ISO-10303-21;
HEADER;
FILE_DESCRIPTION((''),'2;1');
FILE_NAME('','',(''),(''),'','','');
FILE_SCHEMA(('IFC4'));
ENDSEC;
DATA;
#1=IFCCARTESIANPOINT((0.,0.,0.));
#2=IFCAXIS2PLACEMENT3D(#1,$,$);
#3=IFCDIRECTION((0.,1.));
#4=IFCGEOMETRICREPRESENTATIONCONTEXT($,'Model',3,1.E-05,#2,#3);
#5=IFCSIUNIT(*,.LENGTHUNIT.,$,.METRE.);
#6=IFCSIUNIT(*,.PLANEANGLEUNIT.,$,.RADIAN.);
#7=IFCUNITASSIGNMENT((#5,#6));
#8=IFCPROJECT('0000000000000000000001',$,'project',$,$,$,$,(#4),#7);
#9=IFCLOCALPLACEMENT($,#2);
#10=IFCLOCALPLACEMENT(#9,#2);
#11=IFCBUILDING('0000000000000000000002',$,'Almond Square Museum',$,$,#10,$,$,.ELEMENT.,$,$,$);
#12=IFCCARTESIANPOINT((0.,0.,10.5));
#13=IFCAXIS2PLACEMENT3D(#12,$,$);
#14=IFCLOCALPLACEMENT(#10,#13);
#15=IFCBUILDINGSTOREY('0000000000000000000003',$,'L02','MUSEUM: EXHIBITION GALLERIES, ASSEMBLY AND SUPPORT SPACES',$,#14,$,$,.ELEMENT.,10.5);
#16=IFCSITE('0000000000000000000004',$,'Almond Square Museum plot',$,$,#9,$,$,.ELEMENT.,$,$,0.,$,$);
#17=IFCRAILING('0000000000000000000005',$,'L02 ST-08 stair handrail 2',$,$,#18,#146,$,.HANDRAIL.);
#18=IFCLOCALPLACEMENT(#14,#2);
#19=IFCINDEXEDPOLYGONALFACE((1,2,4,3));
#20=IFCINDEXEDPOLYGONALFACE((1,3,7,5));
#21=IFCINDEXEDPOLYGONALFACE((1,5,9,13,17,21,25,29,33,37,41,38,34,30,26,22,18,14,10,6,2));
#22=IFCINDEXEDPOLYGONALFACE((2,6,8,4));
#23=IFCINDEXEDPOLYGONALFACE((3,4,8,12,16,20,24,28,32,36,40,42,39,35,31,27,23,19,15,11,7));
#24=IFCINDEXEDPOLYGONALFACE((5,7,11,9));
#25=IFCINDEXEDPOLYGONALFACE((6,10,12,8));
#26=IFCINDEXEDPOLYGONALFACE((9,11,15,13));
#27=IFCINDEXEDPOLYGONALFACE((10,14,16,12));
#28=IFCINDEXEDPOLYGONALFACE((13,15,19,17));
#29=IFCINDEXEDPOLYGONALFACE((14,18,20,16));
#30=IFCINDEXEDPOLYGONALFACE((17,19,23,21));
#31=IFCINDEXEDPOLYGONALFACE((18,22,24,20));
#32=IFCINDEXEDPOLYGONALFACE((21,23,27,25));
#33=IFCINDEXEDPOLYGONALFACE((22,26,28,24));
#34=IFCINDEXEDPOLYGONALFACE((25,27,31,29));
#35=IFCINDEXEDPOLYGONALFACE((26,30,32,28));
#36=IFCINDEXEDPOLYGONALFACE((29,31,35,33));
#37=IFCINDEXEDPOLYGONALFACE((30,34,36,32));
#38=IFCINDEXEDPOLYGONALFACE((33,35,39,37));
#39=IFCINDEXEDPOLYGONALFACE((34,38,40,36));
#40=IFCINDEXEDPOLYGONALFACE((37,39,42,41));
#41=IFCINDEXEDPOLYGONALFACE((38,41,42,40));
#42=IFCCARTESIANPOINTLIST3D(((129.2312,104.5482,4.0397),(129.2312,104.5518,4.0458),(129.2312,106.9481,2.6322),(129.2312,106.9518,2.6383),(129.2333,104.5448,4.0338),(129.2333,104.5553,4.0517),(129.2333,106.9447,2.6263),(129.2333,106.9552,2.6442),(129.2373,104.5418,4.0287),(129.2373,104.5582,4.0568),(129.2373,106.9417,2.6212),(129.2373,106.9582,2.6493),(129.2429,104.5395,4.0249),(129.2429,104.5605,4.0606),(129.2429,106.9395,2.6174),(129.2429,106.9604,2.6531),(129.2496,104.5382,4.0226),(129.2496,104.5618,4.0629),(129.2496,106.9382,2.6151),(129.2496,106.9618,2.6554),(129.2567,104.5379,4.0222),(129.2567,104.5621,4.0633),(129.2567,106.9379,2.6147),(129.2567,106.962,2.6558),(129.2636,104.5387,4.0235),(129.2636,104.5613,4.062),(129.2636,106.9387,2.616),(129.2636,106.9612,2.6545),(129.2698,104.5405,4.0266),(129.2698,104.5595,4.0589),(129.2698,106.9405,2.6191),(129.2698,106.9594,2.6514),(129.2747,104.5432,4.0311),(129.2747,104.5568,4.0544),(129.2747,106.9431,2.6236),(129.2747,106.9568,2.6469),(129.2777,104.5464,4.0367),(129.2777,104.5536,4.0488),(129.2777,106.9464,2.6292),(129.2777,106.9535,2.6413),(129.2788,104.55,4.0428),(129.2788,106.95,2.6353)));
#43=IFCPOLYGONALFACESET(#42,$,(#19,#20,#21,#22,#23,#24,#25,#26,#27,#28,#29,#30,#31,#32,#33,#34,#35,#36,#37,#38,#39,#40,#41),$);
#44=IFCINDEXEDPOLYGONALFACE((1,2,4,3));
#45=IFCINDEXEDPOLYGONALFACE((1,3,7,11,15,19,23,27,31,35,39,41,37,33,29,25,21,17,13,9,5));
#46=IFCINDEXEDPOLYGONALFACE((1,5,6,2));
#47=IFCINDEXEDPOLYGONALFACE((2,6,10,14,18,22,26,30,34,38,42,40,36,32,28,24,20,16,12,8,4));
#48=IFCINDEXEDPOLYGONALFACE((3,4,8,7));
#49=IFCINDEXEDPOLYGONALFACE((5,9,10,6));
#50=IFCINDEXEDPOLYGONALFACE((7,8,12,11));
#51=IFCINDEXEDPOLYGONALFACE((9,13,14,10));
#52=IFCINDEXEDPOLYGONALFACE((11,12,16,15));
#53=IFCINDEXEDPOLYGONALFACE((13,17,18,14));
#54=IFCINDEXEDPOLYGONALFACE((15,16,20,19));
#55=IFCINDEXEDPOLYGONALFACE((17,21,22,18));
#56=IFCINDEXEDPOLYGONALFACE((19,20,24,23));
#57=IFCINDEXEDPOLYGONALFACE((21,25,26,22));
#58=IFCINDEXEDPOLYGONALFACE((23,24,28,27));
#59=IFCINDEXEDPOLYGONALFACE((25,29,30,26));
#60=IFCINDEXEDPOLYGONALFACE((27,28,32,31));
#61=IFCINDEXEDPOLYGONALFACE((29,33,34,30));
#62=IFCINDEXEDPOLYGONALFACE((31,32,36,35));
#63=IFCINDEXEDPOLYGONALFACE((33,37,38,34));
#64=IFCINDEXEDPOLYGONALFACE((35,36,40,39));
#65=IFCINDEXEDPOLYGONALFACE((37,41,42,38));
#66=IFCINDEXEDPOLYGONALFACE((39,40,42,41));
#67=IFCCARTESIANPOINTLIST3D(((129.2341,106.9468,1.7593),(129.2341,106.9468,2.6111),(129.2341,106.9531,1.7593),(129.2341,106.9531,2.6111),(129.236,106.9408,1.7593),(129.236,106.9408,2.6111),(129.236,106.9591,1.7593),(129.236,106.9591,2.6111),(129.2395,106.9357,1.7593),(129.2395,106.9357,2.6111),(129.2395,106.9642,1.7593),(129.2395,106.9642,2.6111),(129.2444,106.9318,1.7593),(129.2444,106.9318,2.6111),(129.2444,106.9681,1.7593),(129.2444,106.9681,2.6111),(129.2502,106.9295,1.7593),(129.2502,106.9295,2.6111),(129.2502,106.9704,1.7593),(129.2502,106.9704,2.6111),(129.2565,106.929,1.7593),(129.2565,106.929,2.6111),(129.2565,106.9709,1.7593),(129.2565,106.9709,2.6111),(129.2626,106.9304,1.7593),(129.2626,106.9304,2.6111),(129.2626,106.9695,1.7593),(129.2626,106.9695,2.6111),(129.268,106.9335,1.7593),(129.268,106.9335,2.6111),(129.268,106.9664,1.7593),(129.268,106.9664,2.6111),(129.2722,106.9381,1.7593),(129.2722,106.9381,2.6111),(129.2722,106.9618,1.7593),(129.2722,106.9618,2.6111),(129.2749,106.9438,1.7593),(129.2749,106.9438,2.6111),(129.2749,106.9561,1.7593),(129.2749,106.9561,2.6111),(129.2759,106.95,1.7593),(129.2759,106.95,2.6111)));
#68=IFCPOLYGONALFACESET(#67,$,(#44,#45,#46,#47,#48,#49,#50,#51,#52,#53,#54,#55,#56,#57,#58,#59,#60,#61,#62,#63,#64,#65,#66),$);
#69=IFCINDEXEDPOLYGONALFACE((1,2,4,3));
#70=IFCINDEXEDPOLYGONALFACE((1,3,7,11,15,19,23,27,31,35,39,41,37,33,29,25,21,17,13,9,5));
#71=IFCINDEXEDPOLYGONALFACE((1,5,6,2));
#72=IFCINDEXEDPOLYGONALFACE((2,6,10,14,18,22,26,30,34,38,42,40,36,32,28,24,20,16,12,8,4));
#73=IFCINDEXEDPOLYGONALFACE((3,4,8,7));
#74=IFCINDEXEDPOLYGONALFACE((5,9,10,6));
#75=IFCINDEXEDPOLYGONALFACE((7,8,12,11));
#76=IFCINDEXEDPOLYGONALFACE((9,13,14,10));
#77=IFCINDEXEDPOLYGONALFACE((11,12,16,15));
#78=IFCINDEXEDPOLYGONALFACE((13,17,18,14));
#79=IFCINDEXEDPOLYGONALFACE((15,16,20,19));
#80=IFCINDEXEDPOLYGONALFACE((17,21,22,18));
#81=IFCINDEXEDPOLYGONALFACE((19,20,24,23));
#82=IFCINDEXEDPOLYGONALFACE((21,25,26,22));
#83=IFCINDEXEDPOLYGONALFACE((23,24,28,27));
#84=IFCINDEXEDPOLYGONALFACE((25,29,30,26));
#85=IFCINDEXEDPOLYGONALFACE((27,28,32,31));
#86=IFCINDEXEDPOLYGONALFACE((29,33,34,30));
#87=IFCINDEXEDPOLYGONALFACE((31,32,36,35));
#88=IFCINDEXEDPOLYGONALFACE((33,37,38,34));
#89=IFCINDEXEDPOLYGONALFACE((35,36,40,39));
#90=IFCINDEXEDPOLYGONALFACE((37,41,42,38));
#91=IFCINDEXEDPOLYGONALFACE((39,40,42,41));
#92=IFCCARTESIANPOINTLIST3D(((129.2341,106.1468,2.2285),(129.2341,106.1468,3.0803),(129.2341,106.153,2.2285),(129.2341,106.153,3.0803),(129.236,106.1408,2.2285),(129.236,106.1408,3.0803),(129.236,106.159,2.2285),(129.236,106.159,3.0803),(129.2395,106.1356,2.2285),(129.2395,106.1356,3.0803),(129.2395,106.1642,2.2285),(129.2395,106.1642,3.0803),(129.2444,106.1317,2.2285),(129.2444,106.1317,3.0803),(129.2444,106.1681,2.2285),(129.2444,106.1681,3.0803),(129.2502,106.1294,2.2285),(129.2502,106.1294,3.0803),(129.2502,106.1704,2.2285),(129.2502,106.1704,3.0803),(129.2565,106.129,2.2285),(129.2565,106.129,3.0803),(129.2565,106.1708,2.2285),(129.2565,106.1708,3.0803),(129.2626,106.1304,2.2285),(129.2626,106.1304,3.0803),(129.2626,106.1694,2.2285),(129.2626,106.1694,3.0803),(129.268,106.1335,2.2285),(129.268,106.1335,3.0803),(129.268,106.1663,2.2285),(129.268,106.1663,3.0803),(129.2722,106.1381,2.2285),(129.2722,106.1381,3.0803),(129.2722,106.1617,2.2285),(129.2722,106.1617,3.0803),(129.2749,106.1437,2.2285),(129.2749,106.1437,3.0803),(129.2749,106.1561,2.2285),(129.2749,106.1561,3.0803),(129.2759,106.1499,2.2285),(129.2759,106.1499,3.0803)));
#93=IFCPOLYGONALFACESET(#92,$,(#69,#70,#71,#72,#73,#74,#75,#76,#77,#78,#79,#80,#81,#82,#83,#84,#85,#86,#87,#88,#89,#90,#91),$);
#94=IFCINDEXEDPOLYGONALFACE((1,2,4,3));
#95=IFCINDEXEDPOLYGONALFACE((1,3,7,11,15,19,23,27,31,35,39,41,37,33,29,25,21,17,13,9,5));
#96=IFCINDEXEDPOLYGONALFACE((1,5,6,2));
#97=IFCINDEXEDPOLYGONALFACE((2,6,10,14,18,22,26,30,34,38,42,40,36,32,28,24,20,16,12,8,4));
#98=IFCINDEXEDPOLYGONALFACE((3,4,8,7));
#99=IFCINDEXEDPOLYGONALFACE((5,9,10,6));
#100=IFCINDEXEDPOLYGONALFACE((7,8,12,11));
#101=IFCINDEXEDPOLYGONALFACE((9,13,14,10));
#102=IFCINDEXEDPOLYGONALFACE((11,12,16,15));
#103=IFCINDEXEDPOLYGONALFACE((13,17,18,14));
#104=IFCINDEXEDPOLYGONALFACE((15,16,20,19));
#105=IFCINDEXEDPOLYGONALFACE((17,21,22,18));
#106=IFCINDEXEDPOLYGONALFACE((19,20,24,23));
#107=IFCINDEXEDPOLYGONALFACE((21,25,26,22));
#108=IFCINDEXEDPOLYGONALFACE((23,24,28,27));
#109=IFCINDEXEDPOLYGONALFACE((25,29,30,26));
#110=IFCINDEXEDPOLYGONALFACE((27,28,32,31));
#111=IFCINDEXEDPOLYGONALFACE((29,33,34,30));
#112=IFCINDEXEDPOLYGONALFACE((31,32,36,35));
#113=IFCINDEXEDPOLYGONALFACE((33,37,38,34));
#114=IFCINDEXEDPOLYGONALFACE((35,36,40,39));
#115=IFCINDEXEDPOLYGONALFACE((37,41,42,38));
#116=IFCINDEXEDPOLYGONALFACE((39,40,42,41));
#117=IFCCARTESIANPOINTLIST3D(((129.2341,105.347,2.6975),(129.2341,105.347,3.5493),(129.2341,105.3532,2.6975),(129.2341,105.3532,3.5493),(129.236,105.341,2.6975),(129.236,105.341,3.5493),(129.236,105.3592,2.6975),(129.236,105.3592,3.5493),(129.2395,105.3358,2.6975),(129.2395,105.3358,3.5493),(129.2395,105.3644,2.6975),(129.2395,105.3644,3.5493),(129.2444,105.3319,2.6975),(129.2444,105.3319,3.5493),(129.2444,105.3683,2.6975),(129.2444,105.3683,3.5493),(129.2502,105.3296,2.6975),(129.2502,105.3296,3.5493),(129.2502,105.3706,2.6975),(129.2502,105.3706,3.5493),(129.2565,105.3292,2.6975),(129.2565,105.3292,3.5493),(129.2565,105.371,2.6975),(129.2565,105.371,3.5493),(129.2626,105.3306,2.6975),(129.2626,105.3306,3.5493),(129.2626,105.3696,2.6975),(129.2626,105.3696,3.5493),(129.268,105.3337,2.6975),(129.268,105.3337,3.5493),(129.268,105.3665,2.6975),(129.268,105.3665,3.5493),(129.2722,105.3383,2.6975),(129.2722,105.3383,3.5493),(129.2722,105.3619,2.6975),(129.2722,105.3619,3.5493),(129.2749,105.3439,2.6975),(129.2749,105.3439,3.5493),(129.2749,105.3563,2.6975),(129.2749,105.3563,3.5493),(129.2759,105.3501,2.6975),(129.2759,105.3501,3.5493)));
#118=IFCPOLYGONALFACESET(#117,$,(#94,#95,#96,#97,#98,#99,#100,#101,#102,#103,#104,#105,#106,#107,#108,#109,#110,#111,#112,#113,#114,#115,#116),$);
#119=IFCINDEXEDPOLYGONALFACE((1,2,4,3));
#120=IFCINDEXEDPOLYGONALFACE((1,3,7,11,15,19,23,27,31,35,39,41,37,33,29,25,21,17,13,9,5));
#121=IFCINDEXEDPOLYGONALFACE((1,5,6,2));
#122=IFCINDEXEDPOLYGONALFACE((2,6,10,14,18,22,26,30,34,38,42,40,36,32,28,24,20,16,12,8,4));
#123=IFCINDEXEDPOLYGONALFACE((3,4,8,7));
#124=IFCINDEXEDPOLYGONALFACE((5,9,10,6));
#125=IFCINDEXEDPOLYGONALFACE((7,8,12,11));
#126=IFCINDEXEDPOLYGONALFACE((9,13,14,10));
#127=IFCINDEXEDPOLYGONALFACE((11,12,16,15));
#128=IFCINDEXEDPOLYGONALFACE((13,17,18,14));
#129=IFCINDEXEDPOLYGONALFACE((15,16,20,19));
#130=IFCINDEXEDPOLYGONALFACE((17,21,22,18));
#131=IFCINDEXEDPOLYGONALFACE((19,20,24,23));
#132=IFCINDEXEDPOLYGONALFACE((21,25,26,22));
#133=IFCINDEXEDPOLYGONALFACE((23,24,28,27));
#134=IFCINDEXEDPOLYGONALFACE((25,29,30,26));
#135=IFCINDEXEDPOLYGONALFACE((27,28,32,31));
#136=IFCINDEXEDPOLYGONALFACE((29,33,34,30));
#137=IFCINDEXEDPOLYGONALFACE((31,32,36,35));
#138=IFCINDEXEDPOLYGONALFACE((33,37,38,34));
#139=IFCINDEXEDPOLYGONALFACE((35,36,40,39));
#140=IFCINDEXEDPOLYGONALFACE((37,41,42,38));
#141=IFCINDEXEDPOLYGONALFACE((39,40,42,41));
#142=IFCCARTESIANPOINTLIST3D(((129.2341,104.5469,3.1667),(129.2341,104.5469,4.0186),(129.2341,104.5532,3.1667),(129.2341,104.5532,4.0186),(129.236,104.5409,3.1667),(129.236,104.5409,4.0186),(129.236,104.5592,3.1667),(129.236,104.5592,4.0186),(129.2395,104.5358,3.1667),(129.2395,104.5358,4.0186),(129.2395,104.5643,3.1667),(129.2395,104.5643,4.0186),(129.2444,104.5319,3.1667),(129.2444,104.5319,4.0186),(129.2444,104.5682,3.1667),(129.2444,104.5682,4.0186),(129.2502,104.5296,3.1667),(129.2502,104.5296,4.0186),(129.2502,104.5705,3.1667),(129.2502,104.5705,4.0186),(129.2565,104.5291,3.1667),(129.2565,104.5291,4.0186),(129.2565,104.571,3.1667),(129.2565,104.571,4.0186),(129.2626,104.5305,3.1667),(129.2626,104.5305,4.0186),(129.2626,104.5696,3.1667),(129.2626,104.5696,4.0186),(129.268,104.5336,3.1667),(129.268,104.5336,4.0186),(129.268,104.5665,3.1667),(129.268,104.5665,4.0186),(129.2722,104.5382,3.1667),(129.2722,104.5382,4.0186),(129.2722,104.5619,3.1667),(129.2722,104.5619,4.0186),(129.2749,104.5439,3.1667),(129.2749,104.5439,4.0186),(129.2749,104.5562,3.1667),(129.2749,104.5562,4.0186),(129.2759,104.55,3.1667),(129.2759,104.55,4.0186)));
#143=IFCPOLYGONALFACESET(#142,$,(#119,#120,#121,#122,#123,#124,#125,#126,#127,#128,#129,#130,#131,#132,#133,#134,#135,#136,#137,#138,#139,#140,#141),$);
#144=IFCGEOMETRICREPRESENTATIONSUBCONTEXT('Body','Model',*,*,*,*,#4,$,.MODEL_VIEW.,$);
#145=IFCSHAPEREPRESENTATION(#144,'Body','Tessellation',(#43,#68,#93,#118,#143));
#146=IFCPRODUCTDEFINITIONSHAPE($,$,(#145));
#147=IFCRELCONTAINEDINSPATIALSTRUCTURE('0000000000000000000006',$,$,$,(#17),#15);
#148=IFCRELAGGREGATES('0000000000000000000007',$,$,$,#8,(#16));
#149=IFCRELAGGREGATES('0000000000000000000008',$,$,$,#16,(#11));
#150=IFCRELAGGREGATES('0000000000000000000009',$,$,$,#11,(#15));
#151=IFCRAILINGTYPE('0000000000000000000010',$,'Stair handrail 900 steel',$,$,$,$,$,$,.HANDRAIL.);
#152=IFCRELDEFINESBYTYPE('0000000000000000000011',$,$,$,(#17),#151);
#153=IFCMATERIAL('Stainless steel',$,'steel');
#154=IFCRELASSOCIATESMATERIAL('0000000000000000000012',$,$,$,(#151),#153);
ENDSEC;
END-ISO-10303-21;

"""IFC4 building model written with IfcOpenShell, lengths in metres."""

from ifc_helpers import new_model, si_unit, direction, frame, origin, origin_2d, place, context, subcontext, project, spatial, circle, extrude, material, type_object, element, save


model = new_model("IFC4")

# Units and contexts
model_context = context("Model", 3, precision=1e-05, world=origin(), true_north=direction((0.0, 1.0)))
body_context = subcontext(model_context, "Body", "Model", "MODEL_VIEW")
ifc_project = project(units=[si_unit("LENGTHUNIT", "METRE"), si_unit("PLANEANGLEUNIT", "RADIAN")], contexts=[model_context])

# Site, building, storey
site_placement = place(None, origin())
site = spatial("IfcSite", under=ifc_project, at=site_placement, Name="Almond Square Museum plot", CompositionType="ELEMENT", RefElevation=0.0)
building_placement = place(site_placement, origin())
building = spatial("IfcBuilding", under=site, at=building_placement, Name="Almond Square Museum", CompositionType="ELEMENT")
storey_placement = place(building_placement, frame((0.0, 0.0, 10.5)))
storey = spatial("IfcBuildingStorey", under=building, at=storey_placement, Name="L02", Description="MUSEUM: EXHIBITION GALLERIES, ASSEMBLY AND SUPPORT SPACES", CompositionType="ELEMENT", Elevation=10.5)

# Railing
ifc_material_1 = material(Name="Stainless steel", Category="steel")
railing_type_1 = type_object("IfcRailingType", Name="Stair handrail 900 steel", PredefinedType="HANDRAIL", material=ifc_material_1)
railing_1_placement = place(storey_placement, frame((129.2549, 106.95, 1.7593)))
element("IfcRailing", 1, at=railing_1_placement, inside=storey, type_object=railing_type_1, Name="L02 ST-08 stair handrail 2", PredefinedType="HANDRAIL", context=body_context, shape_type="SweptSolid", body=[
    extrude(circle(Radius=0.0239, at=origin_2d()), frame((0.0, 0.0, 0.876), z_axis=(0.0, -0.862599, 0.505888), x_axis=(1.0, 0.0, 0.0)), (0.0, 0.0, 1.0), 2.7822),
    extrude(circle(Radius=0.021, at=origin_2d()), origin(), (0.0, 0.0, 1.0), 0.8518),
    extrude(circle(Radius=0.021, at=origin_2d()), frame((0.0, -0.8, 0.4692)), (0.0, 0.0, 1.0), 0.8518),
    extrude(circle(Radius=0.021, at=origin_2d()), frame((0.0, -1.5999, 0.9382)), (0.0, 0.0, 1.0), 0.8518),
    extrude(circle(Radius=0.021, at=origin_2d()), frame((0.0, -2.3999, 1.4075)), (0.0, 0.0, 1.0), 0.8518),
])

save(model, "model.ifc")
